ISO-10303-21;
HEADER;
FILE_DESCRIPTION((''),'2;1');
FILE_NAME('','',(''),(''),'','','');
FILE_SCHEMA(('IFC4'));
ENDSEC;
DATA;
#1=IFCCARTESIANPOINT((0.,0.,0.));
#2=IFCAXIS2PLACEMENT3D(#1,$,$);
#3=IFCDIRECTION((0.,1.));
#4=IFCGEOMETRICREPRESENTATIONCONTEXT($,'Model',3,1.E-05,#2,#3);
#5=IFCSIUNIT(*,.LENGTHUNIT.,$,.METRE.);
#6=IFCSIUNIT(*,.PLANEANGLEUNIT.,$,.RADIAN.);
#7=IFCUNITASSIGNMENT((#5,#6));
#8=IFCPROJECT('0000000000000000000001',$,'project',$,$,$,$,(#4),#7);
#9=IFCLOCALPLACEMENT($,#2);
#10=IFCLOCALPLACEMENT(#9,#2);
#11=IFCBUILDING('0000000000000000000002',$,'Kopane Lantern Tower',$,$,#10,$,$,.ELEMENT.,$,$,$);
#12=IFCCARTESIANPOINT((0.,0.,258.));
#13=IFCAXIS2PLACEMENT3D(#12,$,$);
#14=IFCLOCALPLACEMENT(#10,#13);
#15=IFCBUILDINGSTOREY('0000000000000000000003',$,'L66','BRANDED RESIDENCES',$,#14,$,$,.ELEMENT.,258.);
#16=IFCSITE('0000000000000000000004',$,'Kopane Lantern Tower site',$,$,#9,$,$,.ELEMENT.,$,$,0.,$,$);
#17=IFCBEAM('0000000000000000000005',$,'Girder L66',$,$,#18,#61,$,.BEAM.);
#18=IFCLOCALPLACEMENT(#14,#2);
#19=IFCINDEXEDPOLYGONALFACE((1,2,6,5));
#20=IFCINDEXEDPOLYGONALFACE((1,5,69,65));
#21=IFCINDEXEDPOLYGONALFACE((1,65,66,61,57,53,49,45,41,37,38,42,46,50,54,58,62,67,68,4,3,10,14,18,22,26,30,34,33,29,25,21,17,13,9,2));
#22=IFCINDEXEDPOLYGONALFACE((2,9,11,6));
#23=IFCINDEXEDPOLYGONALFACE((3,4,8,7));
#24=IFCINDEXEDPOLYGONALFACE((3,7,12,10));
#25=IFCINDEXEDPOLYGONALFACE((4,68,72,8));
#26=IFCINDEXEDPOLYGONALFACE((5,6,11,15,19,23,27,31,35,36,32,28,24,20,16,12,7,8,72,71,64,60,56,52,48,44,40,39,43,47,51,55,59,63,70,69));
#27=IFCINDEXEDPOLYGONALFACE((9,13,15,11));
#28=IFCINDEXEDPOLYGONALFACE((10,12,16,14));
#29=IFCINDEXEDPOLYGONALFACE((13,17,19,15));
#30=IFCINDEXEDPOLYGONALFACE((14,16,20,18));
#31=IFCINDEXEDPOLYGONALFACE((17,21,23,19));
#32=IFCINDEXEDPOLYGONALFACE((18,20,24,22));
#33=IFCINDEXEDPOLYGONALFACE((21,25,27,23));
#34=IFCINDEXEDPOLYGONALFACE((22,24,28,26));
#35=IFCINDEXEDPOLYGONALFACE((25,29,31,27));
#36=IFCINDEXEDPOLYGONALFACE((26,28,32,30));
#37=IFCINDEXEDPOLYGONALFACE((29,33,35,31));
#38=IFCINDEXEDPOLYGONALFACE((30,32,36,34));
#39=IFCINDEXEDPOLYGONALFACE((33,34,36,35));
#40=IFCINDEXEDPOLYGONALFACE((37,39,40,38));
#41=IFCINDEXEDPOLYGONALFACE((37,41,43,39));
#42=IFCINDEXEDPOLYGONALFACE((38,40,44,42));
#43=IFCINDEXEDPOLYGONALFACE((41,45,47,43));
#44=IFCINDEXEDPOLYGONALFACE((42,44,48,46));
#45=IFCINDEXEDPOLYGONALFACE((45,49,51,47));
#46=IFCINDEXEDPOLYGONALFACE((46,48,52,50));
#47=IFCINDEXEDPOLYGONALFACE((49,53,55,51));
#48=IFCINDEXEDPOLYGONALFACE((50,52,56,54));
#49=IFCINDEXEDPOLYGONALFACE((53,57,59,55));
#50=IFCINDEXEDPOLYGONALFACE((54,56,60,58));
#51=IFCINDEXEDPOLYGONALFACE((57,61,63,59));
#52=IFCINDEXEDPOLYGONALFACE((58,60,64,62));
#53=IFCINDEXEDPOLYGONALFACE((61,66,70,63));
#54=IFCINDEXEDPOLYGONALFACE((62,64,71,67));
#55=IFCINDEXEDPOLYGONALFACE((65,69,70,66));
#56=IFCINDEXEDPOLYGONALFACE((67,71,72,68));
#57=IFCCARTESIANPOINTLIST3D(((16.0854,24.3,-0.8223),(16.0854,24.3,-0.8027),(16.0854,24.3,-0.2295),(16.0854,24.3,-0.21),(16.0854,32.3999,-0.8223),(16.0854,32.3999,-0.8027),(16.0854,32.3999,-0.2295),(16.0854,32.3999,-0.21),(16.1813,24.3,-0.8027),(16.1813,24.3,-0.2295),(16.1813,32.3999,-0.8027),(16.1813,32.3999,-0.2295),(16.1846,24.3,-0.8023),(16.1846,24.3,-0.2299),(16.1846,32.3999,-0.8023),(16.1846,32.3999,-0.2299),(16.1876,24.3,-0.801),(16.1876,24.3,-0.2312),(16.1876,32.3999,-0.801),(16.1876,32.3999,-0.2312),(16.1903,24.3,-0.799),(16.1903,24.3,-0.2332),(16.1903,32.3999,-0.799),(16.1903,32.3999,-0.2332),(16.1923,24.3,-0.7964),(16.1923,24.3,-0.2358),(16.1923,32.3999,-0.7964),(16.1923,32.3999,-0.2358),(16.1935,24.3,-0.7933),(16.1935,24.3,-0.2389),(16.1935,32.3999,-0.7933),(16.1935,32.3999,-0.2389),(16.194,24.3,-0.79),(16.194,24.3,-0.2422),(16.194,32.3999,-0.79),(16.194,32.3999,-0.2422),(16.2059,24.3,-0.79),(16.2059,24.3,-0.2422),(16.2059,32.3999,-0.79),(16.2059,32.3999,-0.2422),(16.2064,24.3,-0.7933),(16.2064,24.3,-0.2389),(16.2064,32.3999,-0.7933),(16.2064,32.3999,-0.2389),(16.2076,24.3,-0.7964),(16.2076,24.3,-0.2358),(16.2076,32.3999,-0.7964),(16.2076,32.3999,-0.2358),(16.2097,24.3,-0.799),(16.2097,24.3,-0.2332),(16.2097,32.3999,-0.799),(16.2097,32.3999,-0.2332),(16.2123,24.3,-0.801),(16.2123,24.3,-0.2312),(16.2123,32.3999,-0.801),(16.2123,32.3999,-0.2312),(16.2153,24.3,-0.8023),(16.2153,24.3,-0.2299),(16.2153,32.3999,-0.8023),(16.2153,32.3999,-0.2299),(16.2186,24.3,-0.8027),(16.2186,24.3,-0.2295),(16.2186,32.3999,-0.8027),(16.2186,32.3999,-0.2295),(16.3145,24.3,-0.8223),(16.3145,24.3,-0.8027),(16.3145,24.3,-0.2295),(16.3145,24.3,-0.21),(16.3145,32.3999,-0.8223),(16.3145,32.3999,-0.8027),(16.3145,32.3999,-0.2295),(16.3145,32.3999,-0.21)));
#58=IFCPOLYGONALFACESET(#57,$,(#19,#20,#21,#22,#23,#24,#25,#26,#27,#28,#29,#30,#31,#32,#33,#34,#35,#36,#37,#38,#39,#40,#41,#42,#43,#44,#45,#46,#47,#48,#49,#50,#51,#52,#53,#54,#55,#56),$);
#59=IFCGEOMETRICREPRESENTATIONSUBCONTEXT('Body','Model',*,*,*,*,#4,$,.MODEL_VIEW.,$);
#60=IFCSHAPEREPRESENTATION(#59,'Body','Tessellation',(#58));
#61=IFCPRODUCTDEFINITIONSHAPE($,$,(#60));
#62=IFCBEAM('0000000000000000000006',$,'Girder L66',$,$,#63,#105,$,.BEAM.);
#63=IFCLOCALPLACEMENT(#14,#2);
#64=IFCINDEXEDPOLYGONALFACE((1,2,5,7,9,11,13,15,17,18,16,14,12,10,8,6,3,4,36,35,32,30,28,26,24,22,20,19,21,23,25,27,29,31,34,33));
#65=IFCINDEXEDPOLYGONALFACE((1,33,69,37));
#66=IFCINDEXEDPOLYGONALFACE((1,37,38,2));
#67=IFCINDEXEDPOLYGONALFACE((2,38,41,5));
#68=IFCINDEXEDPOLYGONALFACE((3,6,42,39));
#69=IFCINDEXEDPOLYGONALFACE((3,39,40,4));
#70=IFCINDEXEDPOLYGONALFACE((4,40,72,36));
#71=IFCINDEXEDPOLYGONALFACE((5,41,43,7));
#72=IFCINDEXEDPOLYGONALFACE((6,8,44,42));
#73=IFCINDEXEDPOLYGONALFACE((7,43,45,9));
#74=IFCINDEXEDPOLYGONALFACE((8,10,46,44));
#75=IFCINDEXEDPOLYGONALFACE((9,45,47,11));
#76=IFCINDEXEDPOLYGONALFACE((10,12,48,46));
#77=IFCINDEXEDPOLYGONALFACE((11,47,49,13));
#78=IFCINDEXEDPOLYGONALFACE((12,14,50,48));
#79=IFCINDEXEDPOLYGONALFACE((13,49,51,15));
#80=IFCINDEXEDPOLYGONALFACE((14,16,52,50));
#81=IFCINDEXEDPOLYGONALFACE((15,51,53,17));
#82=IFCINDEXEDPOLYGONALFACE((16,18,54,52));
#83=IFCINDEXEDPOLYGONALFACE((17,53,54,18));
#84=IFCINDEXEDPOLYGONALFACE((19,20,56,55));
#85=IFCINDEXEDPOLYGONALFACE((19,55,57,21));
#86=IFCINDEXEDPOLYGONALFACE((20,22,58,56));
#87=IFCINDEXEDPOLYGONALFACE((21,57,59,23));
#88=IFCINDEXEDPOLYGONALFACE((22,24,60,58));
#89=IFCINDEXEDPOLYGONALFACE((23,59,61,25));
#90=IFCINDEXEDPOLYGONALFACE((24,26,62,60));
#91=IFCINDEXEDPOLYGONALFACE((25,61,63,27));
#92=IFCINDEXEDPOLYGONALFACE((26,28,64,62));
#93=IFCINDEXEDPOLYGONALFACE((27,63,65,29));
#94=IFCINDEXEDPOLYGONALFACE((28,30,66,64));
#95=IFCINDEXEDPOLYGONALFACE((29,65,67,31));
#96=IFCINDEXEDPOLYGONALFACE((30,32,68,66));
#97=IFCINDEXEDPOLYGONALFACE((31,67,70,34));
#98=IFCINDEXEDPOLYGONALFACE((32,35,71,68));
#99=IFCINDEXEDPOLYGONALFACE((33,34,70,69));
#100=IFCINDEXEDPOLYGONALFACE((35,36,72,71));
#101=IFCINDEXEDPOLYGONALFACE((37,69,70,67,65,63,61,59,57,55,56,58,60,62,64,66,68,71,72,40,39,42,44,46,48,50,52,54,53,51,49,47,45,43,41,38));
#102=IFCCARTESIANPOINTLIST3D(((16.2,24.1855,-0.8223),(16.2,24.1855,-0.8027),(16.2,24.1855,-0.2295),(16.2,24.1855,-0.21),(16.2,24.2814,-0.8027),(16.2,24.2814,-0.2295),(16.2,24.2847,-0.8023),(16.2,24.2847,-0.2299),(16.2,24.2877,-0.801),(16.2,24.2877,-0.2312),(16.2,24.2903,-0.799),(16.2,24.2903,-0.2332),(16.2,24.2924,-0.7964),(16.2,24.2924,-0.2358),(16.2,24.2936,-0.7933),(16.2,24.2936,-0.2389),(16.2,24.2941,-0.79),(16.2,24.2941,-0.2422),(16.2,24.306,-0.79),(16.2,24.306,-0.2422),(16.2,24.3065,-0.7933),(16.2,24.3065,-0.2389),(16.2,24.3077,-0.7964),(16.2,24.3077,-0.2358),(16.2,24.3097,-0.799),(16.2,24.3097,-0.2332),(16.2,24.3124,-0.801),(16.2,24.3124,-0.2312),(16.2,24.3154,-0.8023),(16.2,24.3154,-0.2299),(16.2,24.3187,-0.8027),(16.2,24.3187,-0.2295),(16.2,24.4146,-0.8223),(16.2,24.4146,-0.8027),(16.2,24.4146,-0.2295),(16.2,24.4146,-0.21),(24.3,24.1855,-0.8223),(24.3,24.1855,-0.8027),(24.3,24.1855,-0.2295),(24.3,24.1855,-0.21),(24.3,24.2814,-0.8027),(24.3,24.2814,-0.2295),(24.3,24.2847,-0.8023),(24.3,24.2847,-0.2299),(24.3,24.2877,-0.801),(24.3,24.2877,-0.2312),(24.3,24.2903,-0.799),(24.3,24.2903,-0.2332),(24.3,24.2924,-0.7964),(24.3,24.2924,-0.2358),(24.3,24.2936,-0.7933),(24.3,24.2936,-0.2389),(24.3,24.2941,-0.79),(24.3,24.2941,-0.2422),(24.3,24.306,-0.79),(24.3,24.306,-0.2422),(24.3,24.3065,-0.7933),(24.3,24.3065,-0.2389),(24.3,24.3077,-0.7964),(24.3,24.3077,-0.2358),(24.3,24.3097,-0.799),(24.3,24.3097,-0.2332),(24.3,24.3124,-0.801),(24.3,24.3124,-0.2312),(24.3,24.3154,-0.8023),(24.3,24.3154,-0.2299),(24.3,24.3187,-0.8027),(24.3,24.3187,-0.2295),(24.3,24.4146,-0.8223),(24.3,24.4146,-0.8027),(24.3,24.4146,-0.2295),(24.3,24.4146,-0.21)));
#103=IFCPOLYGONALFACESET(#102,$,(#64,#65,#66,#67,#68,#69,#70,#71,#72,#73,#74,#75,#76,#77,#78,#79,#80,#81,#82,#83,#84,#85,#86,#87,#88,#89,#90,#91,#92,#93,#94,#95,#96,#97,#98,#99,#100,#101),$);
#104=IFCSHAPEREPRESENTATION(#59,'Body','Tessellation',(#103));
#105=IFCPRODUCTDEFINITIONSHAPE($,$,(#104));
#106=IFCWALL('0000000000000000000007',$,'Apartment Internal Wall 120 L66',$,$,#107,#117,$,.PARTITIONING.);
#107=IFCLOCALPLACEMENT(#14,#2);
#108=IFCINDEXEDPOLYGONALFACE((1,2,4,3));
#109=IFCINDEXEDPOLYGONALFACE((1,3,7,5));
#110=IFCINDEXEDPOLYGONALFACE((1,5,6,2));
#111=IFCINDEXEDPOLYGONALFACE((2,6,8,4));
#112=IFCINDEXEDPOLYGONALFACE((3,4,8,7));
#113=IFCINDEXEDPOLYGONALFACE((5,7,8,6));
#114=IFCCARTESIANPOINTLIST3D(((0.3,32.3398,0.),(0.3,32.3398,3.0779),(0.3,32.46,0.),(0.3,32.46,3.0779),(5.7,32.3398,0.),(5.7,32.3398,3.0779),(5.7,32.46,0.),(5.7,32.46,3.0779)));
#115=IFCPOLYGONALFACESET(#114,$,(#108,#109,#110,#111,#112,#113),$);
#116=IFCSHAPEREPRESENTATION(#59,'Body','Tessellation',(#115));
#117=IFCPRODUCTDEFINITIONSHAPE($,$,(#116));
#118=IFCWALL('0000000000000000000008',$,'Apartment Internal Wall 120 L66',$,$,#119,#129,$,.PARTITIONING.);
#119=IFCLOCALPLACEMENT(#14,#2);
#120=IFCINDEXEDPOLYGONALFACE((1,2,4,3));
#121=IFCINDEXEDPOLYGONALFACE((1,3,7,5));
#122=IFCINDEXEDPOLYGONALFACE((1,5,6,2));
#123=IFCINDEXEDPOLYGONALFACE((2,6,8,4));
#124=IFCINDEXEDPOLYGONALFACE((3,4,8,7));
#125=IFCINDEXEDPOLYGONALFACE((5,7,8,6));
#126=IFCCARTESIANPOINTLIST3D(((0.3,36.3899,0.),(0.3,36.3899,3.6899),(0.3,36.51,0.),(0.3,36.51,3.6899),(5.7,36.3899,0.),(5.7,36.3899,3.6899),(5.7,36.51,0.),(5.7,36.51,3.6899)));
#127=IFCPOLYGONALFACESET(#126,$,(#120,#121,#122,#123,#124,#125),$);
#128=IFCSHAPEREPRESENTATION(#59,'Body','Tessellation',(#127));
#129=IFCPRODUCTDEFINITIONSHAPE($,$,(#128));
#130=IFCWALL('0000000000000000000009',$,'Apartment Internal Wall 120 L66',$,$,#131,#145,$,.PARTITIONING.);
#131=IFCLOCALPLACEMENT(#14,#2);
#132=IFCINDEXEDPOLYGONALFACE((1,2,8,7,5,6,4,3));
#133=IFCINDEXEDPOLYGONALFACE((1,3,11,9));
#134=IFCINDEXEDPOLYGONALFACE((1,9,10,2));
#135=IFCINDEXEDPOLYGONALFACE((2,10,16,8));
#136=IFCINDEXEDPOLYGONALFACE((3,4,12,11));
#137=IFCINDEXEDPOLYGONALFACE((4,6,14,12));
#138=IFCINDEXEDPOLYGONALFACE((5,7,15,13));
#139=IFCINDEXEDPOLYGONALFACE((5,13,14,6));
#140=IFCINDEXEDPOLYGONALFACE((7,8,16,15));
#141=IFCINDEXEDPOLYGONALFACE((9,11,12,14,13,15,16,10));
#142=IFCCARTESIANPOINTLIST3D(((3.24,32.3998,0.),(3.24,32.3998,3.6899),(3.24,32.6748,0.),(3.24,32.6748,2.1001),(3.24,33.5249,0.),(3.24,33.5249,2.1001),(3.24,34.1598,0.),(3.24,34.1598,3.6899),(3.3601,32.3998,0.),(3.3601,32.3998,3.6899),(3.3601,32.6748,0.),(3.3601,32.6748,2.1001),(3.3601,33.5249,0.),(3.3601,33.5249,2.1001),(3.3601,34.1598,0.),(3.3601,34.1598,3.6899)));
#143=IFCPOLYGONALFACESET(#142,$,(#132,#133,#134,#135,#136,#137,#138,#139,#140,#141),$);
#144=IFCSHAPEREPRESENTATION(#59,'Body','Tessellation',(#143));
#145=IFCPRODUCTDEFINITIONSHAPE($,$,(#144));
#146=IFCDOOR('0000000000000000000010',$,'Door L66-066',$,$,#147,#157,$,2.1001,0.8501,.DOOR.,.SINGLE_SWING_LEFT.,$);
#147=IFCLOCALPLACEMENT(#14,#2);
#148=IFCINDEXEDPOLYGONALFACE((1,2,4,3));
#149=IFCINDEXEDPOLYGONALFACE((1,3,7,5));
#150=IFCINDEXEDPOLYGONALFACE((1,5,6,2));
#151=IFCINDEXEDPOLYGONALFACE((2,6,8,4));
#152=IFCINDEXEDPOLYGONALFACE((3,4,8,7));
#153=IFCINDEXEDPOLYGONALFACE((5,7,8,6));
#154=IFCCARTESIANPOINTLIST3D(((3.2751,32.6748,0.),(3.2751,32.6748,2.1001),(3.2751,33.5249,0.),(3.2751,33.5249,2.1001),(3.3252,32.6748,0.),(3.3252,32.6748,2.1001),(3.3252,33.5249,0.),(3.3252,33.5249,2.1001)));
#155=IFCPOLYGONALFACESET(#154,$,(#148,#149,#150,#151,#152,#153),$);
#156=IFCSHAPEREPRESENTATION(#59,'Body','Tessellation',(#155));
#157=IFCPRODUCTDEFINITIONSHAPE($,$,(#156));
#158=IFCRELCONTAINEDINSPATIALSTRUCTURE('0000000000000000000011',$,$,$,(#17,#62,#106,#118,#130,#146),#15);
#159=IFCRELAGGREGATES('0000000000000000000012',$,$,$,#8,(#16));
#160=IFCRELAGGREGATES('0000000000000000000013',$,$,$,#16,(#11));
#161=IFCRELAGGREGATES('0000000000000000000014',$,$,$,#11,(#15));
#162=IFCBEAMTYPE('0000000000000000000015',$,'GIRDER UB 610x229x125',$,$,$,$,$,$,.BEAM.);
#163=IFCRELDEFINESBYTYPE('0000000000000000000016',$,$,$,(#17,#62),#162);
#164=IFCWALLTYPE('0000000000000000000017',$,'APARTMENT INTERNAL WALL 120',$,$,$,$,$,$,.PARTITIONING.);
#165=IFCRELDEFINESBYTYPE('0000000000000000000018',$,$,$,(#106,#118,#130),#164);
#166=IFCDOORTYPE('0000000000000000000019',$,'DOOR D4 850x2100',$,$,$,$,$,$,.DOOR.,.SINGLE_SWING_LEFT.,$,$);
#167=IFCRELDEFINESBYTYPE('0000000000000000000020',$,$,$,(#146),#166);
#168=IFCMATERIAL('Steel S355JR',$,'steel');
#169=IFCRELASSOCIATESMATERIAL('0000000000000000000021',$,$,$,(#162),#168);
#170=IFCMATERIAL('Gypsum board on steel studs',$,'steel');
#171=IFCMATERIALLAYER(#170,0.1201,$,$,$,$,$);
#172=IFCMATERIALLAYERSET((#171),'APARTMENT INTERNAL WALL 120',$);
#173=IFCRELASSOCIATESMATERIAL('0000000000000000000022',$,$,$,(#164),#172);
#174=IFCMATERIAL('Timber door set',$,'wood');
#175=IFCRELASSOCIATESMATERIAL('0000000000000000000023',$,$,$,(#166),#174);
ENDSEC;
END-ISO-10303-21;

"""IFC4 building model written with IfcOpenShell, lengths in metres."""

from ifc_helpers import new_model, si_unit, direction, frame, frame_2d, origin, origin_2d, place, context, subcontext, project, spatial, rectangle, i_section, extrude, material, layer, layer_set, material_profile, profile_set, type_object, element, fill, save


model = new_model("IFC4")

# Units and contexts
model_context = context("Model", 3, precision=1e-05, world=origin(), true_north=direction((0.0, 1.0)))
body_context = subcontext(model_context, "Body", "Model", "MODEL_VIEW")
ifc_project = project(units=[si_unit("LENGTHUNIT", "METRE"), si_unit("PLANEANGLEUNIT", "RADIAN")], contexts=[model_context])

# Site, building, storey
site_placement = place(None, origin())
site = spatial("IfcSite", under=ifc_project, at=site_placement, Name="Kopane Lantern Tower site", CompositionType="ELEMENT", RefElevation=0.0)
building_placement = place(site_placement, origin())
building = spatial("IfcBuilding", under=site, at=building_placement, Name="Kopane Lantern Tower", CompositionType="ELEMENT")
storey_placement = place(building_placement, frame((0.0, 0.0, 258.0)))
storey = spatial("IfcBuildingStorey", under=building, at=storey_placement, Name="L66", Description="BRANDED RESIDENCES", CompositionType="ELEMENT", Elevation=258.0)

# Beams
ifc_material_1 = material(Name="Steel S355JR", Category="steel")
ifc_material_profile_1 = material_profile(ifc_material_1, i_section(OverallWidth=0.229, OverallDepth=0.6123, WebThickness=0.012, FlangeThickness=0.0195, FilletRadius=0.0127, at=origin_2d()), Name="UB 610x229x125")
ifc_profile_set_1 = profile_set([ifc_material_profile_1], Name="Steel S355JR")
beam_type = type_object("IfcBeamType", Name="GIRDER UB 610x229x125", PredefinedType="BEAM", material=ifc_profile_set_1)
for number, where, z_axis, x_axis, name in (
    (1, (16.2, 24.3, -0.5161), (0.0, 1.0, 0.0), (-1.0, 0.0, 0.0), "Girder L66"),
):
    element("IfcBeam", number, at=place(storey_placement, frame(where, z_axis=z_axis, x_axis=x_axis)), inside=storey, type_object=beam_type, Name=name, PredefinedType="BEAM", context=body_context, shape_type="SweptSolid", body=[
        extrude(i_section(OverallWidth=0.229, OverallDepth=0.6123, WebThickness=0.012, FlangeThickness=0.0195, FilletRadius=0.0127, at=origin_2d()), origin(), (0.0, 0.0, 1.0), 8.0999),
    ])
beam_placement = place(storey_placement, frame((16.2, 24.3, -0.5161), z_axis=(1.0, 0.0, 0.0), x_axis=(0.0, 1.0, 0.0)))
element("IfcBeam", 2, at=beam_placement, inside=storey, type_object=beam_type, Name="Girder L66", PredefinedType="BEAM", context=body_context, shape_type="SweptSolid", body=[
    extrude(i_section(OverallWidth=0.229, OverallDepth=0.6123, WebThickness=0.012, FlangeThickness=0.0195, FilletRadius=0.0127, at=origin_2d()), origin(), (0.0, 0.0, 1.0), 8.1001),
])

# Walls
ifc_material_2 = material(Name="Gypsum board on steel studs", Category="steel")
ifc_layer_1 = layer(ifc_material_2, 0.1201)
ifc_layer_set_1 = layer_set([ifc_layer_1], Name="APARTMENT INTERNAL WALL 120")
wall_type_1 = type_object("IfcWallType", Name="APARTMENT INTERNAL WALL 120", PredefinedType="PARTITIONING", material=ifc_layer_set_1)
wall_1_placement = place(storey_placement, frame((5.7, 32.3999, 0.0), z_axis=(0.0, 0.0, 1.0), x_axis=(-1.0, 0.0, 0.0)))
element("IfcWall", 3, at=wall_1_placement, inside=storey, type_object=wall_type_1, Name="Apartment Internal Wall 120 L66", PredefinedType="PARTITIONING", context=body_context, shape_type="SweptSolid", body=[
    extrude(rectangle(XDim=5.3999, YDim=0.1201, at=frame_2d((2.7, 0.0))), origin(), (0.0, 0.0, 1.0), 3.0779),
])
wall_2_placement = place(storey_placement, frame((5.7, 36.45, 0.0), z_axis=(0.0, 0.0, 1.0), x_axis=(-1.0, 0.0, 0.0)))
element("IfcWall", 4, at=wall_2_placement, inside=storey, type_object=wall_type_1, Name="Apartment Internal Wall 120 L66", PredefinedType="PARTITIONING", context=body_context, shape_type="SweptSolid", body=[
    extrude(rectangle(XDim=5.3999, YDim=0.1201, at=frame_2d((2.7, 0.0))), origin(), (0.0, 0.0, 1.0), 3.6899),
])

# Wall, opening, door
wall_3_placement = place(storey_placement, frame((3.3, 32.3999, 0.0), z_axis=(0.0, 0.0, 1.0), x_axis=(0.0, 1.0, 0.0)))
wall_3 = element("IfcWall", 5, at=wall_3_placement, inside=storey, type_object=wall_type_1, Name="Apartment Internal Wall 120 L66", PredefinedType="PARTITIONING", context=body_context, shape_type="SweptSolid", body=[
    extrude(rectangle(XDim=1.76, YDim=0.1201, at=frame_2d((0.8799, 0.0))), origin(), (0.0, 0.0, 1.0), 3.6899),
])
opening_1_placement = place(wall_3_placement, frame((0.2749, 0.0, 0.0)))
opening_1 = element("IfcOpeningElement", 6, at=opening_1_placement, cuts=wall_3, PredefinedType="OPENING", context=body_context, shape_type="SweptSolid", body=[
    extrude(rectangle(XDim=0.8501, YDim=2.1001, at=frame_2d((0.425, 1.05))), frame((0.0, 0.0701, 0.0), z_axis=(0.0, -1.0, 0.0), x_axis=(1.0, 0.0, 0.0)), (0.0, 0.0, 1.0), 0.1401),
])
ifc_material_3 = material(Name="Timber door set", Category="wood")
door_type_1 = type_object("IfcDoorType", Name="DOOR D4 850x2100", OperationType="SINGLE_SWING_LEFT", PredefinedType="DOOR", material=ifc_material_3)
door_1_placement = place(opening_1_placement, origin())
door_1 = element("IfcDoor", 7, at=door_1_placement, inside=storey, type_object=door_type_1, Name="Door L66-066", OperationType="SINGLE_SWING_LEFT", OverallHeight=2.1001, OverallWidth=0.8501, PredefinedType="DOOR", context=body_context, shape_type="SweptSolid", body=[
    extrude(rectangle(XDim=0.8501, YDim=2.1001, at=frame_2d((0.425, 1.05))), frame((0.0, 0.0249, 0.0), z_axis=(0.0, -1.0, 0.0), x_axis=(1.0, 0.0, 0.0)), (0.0, 0.0, 1.0), 0.05),
])
fill(opening_1, door_1)

save(model, "model.ifc")
